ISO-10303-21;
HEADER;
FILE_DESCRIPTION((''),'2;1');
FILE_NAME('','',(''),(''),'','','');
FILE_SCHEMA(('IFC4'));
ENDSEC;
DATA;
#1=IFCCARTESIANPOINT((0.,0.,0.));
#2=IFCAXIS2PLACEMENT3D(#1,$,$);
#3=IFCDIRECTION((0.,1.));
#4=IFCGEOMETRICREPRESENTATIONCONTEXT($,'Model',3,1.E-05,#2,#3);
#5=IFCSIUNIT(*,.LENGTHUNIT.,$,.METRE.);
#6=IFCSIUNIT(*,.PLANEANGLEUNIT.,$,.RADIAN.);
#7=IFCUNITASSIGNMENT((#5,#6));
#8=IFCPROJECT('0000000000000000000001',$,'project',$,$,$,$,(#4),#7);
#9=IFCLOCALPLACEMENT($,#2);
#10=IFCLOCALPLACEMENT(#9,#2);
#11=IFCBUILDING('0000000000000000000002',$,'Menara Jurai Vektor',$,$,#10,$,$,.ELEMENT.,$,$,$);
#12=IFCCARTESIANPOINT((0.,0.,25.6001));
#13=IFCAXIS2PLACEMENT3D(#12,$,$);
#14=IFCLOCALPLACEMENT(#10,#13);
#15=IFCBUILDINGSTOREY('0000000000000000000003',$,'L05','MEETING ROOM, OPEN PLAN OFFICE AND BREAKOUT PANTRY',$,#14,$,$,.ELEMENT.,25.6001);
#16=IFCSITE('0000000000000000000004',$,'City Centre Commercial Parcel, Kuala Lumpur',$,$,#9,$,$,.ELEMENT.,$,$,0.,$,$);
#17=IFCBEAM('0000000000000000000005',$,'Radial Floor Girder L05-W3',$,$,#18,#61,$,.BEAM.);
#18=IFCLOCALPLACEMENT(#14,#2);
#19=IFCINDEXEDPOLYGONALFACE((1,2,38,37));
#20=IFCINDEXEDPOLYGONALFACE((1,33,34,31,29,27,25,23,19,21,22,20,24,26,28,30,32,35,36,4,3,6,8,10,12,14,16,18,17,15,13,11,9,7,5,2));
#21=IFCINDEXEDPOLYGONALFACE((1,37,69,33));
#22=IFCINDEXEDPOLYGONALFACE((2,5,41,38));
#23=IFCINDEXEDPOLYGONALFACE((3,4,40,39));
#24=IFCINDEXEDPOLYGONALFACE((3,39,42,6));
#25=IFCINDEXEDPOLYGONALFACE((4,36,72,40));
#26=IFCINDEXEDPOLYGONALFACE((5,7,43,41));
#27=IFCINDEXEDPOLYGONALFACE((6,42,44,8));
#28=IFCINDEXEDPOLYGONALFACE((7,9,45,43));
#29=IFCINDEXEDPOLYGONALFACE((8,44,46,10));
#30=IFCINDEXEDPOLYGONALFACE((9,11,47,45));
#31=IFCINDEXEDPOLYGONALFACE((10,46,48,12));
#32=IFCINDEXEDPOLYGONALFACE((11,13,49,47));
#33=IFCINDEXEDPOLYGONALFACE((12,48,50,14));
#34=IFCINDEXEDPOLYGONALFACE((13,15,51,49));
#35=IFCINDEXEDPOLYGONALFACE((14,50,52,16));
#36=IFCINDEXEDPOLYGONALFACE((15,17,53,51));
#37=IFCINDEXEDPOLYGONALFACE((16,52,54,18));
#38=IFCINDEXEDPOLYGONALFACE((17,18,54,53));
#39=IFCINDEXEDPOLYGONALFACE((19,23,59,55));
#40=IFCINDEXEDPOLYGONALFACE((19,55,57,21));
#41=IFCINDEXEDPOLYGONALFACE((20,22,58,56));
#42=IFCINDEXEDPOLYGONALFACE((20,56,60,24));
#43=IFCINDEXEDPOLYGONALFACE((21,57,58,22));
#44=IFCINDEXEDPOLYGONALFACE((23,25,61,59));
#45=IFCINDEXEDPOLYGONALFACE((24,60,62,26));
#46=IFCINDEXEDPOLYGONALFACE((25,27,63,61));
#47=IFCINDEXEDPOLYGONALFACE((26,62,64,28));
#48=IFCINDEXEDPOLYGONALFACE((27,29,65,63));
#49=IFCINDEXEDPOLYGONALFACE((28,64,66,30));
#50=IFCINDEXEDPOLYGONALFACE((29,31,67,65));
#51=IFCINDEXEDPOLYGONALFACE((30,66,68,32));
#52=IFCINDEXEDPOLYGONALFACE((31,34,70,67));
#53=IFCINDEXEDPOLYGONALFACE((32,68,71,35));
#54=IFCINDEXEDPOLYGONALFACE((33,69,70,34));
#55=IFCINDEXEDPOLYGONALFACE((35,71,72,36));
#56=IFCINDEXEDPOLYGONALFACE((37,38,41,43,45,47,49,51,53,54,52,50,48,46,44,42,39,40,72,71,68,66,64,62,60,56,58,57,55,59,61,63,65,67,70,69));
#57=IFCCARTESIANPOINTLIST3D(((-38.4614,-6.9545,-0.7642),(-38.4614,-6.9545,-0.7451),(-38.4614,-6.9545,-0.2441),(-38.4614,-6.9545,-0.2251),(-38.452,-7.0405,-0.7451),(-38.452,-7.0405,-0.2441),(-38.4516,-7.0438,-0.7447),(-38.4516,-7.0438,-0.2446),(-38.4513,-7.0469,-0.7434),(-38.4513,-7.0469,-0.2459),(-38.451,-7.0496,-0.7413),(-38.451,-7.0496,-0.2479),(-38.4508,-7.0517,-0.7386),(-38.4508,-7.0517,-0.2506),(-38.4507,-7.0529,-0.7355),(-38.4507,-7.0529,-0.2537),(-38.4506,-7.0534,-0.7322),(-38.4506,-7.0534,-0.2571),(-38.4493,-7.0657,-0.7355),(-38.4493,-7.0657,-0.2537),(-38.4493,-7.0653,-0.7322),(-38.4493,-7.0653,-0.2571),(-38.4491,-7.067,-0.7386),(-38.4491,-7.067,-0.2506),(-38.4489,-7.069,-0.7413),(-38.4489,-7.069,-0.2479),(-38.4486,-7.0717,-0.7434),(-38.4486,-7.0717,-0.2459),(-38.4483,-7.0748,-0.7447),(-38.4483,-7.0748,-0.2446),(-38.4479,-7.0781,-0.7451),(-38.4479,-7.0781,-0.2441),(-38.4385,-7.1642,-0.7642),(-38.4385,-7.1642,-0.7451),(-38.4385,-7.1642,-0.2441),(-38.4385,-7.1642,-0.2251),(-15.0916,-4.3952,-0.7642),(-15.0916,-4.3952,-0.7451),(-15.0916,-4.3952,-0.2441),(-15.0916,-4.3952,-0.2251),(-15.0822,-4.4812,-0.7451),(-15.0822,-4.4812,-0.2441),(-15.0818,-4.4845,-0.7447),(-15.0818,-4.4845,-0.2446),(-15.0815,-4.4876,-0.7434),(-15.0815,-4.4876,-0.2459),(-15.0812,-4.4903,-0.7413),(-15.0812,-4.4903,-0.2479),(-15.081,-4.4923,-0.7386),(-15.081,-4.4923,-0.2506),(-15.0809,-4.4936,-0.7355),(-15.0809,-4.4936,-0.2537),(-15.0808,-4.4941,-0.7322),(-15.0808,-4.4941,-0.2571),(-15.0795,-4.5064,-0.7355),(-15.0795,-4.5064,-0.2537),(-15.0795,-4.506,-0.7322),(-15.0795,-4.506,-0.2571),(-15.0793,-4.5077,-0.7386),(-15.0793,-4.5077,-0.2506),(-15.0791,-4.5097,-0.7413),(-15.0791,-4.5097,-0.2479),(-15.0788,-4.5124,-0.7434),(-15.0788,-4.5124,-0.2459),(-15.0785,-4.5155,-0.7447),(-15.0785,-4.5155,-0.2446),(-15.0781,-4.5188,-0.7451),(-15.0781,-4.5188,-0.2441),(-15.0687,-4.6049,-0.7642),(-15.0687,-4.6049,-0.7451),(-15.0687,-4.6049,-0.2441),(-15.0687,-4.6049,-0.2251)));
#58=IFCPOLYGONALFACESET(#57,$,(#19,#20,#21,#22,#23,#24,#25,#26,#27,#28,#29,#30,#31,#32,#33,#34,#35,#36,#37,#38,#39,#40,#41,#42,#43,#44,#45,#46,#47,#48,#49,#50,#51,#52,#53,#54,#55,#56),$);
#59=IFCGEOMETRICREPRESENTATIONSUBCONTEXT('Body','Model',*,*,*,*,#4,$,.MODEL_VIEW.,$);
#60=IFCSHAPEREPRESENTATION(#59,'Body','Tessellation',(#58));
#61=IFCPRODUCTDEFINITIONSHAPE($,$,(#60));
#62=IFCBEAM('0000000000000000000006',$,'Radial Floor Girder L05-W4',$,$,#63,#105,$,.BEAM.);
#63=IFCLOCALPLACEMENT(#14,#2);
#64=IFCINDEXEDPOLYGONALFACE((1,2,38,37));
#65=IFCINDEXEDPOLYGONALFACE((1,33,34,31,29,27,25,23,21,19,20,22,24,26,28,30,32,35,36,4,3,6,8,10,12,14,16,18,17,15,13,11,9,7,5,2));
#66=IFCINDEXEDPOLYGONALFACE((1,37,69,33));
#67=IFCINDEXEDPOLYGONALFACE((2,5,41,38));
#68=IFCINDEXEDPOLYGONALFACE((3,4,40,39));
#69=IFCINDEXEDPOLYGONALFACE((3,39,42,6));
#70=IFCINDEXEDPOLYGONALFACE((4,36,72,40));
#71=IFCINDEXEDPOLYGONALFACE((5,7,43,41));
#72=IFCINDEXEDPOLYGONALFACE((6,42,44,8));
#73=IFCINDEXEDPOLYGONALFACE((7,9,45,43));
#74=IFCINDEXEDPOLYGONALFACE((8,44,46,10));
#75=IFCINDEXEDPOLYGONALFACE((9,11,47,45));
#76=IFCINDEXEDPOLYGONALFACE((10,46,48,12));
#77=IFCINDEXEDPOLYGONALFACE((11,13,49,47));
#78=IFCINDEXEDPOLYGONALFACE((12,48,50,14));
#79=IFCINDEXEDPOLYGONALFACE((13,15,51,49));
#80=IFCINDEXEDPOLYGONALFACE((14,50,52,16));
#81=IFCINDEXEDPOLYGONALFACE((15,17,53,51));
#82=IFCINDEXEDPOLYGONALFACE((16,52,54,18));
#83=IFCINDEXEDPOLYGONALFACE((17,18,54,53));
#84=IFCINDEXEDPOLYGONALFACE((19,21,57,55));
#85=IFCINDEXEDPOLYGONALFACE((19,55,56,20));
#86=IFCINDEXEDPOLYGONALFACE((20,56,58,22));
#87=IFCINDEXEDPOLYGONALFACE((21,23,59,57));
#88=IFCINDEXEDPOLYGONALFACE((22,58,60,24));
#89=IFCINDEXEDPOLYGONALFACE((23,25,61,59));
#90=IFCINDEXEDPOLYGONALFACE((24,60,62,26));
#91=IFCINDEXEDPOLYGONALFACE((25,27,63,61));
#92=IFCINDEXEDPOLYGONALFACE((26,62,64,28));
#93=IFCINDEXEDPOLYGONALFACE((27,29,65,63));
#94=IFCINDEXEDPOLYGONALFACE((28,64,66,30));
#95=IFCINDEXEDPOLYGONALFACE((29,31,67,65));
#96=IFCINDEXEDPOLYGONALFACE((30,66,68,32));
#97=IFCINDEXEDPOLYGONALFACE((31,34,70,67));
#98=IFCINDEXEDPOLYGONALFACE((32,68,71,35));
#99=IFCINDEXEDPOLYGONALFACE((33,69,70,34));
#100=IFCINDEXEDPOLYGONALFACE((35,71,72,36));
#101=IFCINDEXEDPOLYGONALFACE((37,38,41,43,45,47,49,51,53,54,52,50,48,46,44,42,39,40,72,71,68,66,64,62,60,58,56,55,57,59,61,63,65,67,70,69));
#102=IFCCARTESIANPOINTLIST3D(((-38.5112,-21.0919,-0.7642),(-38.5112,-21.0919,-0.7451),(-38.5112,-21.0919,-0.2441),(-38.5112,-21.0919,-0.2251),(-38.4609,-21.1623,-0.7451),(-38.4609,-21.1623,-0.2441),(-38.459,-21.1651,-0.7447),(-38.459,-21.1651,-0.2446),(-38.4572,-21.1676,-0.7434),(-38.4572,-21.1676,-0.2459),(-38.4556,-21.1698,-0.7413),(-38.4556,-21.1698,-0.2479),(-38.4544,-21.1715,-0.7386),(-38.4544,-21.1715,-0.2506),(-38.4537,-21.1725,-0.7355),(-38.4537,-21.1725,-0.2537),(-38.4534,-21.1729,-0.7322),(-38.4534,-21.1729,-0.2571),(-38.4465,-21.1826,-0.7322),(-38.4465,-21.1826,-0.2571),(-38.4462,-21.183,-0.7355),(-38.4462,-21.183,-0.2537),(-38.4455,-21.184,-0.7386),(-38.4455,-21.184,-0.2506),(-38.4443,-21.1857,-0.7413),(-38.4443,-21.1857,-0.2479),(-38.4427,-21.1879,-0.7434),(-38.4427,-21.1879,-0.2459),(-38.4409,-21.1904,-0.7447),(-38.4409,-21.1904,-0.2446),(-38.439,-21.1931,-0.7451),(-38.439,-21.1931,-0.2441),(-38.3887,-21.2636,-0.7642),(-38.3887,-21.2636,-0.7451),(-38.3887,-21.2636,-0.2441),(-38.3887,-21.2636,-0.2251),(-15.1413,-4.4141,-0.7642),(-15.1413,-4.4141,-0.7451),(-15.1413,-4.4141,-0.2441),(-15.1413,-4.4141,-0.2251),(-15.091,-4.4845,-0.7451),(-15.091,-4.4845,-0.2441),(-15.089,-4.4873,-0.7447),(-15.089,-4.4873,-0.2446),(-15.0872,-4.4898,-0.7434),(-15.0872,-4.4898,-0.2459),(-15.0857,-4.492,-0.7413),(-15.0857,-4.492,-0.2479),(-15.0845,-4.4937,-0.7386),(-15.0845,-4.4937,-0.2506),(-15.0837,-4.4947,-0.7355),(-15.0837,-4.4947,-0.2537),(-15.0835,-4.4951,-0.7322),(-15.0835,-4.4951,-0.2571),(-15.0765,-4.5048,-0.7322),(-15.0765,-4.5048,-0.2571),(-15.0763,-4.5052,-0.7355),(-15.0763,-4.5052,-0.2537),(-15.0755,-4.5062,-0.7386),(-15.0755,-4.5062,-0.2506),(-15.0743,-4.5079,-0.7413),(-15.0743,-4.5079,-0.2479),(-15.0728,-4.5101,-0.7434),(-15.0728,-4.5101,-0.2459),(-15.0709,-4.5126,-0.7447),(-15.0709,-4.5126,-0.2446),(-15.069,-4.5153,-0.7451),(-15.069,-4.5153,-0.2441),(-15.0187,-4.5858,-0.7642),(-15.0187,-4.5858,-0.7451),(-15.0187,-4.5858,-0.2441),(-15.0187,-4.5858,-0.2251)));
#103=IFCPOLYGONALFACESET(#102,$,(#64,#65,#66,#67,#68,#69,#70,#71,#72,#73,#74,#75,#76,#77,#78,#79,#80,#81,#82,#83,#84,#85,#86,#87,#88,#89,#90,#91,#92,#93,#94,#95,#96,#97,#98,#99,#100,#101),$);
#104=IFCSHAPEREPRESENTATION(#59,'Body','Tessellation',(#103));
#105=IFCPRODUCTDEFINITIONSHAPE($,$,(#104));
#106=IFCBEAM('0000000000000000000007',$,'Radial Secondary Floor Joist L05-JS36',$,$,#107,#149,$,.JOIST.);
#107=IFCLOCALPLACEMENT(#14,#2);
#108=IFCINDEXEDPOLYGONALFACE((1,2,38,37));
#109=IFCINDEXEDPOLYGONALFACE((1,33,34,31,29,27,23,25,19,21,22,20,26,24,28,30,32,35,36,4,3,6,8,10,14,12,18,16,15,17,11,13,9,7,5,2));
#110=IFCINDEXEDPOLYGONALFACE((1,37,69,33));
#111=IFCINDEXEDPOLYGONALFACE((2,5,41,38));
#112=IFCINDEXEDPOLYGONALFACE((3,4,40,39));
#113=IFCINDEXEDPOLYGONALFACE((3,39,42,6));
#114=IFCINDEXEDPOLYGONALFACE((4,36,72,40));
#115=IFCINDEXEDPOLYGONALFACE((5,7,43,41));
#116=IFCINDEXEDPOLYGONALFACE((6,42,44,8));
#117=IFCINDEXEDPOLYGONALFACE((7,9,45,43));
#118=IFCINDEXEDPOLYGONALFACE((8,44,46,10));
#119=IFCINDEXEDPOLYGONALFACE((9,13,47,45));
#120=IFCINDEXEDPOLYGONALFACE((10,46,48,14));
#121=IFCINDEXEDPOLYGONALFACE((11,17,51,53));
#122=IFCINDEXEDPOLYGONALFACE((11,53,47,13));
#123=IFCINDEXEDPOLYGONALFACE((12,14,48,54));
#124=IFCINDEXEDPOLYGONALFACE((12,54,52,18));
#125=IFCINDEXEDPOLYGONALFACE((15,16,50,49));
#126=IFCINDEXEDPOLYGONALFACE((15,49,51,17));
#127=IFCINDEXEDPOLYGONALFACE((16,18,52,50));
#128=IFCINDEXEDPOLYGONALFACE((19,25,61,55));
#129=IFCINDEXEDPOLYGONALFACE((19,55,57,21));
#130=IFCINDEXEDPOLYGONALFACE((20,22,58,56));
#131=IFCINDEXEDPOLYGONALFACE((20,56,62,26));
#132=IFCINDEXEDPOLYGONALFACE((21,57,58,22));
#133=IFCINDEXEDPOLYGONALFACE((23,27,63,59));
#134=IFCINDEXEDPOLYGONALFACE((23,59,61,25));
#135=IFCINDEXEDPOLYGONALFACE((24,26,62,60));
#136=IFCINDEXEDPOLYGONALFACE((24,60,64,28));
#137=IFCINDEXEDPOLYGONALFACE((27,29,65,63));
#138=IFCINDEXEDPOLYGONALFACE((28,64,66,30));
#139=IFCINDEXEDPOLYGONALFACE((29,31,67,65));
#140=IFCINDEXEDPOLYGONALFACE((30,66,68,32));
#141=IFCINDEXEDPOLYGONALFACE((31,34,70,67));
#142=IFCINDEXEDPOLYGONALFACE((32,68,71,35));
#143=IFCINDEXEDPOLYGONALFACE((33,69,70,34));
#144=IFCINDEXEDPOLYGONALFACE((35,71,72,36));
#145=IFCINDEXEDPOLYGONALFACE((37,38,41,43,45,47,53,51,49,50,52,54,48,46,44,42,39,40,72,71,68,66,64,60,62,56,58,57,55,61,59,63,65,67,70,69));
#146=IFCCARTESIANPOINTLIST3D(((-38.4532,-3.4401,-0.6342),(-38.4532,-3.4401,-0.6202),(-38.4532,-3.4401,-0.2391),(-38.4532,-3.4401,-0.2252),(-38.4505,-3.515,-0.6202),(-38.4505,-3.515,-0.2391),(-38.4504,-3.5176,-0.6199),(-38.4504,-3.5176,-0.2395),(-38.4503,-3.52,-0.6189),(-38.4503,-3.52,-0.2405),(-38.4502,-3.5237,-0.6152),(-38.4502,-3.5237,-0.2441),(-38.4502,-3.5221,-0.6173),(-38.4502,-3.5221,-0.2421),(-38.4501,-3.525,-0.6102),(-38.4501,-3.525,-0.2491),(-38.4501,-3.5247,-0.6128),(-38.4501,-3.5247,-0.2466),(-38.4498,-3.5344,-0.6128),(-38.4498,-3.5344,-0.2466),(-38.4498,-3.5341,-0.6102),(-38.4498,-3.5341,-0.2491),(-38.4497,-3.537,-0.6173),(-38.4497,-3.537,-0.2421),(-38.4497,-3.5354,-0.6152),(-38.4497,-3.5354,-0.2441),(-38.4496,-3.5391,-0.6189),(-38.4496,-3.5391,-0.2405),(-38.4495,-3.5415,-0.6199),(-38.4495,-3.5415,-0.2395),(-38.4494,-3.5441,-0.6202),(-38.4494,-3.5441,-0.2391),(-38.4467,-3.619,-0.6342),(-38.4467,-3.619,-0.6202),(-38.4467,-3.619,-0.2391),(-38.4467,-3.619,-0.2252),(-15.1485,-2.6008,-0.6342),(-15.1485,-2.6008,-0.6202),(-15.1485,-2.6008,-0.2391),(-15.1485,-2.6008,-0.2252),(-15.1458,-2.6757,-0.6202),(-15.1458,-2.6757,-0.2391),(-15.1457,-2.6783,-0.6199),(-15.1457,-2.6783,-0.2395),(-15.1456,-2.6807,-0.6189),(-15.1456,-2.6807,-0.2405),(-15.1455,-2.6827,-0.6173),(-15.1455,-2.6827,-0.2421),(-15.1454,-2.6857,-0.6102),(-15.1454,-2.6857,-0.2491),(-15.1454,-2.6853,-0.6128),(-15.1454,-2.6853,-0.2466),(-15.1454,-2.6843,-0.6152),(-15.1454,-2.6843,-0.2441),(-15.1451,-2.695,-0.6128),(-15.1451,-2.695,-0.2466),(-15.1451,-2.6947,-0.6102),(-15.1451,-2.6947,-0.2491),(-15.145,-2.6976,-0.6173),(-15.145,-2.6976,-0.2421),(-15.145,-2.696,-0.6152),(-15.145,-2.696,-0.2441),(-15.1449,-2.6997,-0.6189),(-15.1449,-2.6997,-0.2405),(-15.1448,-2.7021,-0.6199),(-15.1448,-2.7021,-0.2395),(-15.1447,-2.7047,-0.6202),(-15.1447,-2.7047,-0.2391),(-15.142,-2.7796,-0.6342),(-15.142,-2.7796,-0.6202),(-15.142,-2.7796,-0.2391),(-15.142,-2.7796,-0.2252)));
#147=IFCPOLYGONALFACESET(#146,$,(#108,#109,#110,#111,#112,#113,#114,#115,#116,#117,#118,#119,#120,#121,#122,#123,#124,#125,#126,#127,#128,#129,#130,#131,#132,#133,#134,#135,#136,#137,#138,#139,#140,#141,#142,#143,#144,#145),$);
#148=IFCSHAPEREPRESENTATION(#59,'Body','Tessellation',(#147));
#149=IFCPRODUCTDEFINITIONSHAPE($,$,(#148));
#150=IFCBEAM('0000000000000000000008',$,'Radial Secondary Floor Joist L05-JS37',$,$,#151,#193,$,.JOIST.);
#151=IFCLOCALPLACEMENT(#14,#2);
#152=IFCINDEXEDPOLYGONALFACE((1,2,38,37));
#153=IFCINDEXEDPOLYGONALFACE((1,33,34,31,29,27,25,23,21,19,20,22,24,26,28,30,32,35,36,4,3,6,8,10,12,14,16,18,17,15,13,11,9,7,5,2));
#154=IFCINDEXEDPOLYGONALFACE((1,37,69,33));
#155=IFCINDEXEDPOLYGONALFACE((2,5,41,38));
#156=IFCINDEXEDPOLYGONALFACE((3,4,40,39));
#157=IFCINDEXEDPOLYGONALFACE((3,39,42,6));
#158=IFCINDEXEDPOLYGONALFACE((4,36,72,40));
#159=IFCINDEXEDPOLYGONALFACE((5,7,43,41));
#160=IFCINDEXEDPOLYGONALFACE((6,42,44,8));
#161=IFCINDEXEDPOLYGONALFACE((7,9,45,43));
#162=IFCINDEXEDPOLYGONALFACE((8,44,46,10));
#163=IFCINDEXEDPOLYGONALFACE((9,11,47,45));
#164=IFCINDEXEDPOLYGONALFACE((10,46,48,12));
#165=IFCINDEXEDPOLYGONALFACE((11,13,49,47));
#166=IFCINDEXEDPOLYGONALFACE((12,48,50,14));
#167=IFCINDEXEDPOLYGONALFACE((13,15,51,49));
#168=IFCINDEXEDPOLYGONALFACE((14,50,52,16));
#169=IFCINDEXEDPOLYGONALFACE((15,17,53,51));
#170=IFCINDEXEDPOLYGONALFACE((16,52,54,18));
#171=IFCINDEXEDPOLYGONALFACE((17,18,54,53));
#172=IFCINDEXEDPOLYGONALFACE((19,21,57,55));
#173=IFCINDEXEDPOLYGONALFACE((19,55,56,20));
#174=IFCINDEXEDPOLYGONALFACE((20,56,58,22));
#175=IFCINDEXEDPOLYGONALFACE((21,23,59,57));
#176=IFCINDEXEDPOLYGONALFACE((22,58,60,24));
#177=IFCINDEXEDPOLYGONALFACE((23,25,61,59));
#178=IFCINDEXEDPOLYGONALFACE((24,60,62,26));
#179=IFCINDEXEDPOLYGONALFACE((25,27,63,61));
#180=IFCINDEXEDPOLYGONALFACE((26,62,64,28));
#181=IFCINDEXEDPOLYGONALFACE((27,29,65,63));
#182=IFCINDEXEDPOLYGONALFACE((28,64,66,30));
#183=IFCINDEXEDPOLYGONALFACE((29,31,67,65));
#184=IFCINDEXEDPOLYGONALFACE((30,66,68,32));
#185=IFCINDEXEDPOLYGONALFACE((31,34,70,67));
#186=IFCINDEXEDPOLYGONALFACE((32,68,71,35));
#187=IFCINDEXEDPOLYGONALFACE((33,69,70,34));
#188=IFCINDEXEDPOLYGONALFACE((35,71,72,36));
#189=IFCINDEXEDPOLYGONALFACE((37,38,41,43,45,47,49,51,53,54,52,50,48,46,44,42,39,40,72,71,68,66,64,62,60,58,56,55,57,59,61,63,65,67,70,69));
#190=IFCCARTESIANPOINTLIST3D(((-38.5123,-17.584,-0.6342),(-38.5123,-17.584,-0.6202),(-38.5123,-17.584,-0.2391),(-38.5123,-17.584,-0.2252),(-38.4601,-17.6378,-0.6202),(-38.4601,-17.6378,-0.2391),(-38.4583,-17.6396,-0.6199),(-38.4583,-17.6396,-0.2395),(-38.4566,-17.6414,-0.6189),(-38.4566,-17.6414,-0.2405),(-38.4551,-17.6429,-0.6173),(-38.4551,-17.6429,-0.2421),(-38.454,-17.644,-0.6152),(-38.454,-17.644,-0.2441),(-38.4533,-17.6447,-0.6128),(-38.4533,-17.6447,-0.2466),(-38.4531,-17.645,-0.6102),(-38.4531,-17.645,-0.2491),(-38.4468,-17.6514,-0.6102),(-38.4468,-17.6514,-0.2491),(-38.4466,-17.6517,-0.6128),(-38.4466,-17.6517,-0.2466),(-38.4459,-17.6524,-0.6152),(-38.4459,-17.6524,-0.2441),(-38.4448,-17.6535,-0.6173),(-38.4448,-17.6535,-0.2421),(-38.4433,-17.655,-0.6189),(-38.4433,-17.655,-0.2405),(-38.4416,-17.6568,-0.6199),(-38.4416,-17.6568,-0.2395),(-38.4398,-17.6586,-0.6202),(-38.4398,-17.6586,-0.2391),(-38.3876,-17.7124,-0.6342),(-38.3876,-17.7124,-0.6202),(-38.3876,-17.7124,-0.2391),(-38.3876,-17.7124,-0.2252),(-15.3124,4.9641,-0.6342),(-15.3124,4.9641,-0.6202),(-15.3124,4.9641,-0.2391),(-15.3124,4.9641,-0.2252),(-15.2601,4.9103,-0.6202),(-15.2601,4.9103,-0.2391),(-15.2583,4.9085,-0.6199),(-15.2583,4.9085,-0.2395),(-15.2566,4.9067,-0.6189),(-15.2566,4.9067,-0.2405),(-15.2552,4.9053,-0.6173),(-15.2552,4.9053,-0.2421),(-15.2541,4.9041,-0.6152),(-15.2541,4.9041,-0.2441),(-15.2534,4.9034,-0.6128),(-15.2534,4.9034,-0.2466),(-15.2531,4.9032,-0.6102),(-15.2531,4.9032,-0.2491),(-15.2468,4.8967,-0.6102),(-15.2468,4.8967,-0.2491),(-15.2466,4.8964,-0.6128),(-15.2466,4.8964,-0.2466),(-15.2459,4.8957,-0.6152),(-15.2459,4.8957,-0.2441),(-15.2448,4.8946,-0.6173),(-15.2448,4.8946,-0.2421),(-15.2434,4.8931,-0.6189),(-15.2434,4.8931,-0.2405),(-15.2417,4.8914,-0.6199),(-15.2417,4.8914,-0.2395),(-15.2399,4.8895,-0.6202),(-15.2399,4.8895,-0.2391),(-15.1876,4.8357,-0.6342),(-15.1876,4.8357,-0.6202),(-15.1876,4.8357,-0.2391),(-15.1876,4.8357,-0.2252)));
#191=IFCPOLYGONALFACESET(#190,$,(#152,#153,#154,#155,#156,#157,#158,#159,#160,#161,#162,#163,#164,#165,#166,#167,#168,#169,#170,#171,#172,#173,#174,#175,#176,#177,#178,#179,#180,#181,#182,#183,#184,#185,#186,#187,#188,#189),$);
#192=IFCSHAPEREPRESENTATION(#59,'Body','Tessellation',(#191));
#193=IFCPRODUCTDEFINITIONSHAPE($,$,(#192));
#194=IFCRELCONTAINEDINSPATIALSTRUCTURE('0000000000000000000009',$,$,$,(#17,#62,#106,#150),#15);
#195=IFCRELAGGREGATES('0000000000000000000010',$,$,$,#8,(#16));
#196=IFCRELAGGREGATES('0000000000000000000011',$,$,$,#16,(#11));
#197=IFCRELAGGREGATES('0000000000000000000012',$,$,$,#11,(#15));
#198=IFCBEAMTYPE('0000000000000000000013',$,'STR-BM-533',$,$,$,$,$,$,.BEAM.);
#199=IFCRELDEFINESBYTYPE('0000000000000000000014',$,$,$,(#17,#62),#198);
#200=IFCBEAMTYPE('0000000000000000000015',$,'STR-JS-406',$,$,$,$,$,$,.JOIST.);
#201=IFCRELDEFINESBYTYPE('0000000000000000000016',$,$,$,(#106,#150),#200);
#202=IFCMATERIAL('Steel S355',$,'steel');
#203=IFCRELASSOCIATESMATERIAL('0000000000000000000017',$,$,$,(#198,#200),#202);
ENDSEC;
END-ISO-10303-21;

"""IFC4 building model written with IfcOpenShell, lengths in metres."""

from ifc_helpers import new_model, si_unit, direction, frame, origin, origin_2d, place, context, subcontext, project, spatial, i_section, extrude, material, material_profile, profile_set, type_object, element, save


model = new_model("IFC4")

# Units and contexts
model_context = context("Model", 3, precision=1e-05, world=origin(), true_north=direction((0.0, 1.0)))
body_context = subcontext(model_context, "Body", "Model", "MODEL_VIEW")
ifc_project = project(units=[si_unit("LENGTHUNIT", "METRE"), si_unit("PLANEANGLEUNIT", "RADIAN")], contexts=[model_context])

# Site, building, storey
site_placement = place(None, origin())
site = spatial("IfcSite", under=ifc_project, at=site_placement, Name="City Centre Commercial Parcel, Kuala Lumpur", CompositionType="ELEMENT", RefElevation=0.0)
building_placement = place(site_placement, origin())
building = spatial("IfcBuilding", under=site, at=building_placement, Name="Menara Jurai Vektor", CompositionType="ELEMENT")
storey_placement = place(building_placement, frame((0.0, 0.0, 25.6001)))
storey = spatial("IfcBuildingStorey", under=building, at=storey_placement, Name="L05", Description="MEETING ROOM, OPEN PLAN OFFICE AND BREAKOUT PANTRY", CompositionType="ELEMENT", Elevation=25.6001)

# Beams
ifc_material_1 = material(Name="Steel S355", Category="steel")
ifc_material_profile_1 = material_profile(ifc_material_1, i_section(OverallWidth=0.2109, OverallDepth=0.5391, WebThickness=0.012, FlangeThickness=0.019, FilletRadius=0.0129, at=origin_2d()), Name="UKB 533x210x109")
ifc_profile_set_1 = profile_set([ifc_material_profile_1], Name="Steel S355")
beam_type_1 = type_object("IfcBeamType", Name="STR-BM-533", PredefinedType="BEAM", material=ifc_profile_set_1)
beam_1_placement = place(storey_placement, frame((-38.45, -7.0593, -0.4946), z_axis=(0.994057, 0.108863, 0.0), x_axis=(-0.108863, 0.994057, 0.0)))
element("IfcBeam", 1, at=beam_1_placement, inside=storey, type_object=beam_type_1, Name="Radial Floor Girder L05-W3", PredefinedType="BEAM", context=body_context, shape_type="SweptSolid", body=[
    extrude(i_section(OverallWidth=0.2109, OverallDepth=0.5391, WebThickness=0.012, FlangeThickness=0.019, FilletRadius=0.0129, at=origin_2d()), origin(), (0.0, 0.0, 1.0), 23.5095),
])
beam_2_placement = place(storey_placement, frame((-38.45, -21.1777, -0.4946), z_axis=(0.813981, 0.580891, 0.0), x_axis=(-0.580891, 0.813981, 0.0)))
element("IfcBeam", 2, at=beam_2_placement, inside=storey, type_object=beam_type_1, Name="Radial Floor Girder L05-W4", PredefinedType="BEAM", context=body_context, shape_type="SweptSolid", body=[
    extrude(i_section(OverallWidth=0.2109, OverallDepth=0.5391, WebThickness=0.012, FlangeThickness=0.019, FilletRadius=0.0129, at=origin_2d()), origin(), (0.0, 0.0, 1.0), 28.7107),
])
ifc_material_profile_2 = material_profile(ifc_material_1, i_section(OverallWidth=0.179, OverallDepth=0.4089, WebThickness=0.009, FlangeThickness=0.0139, FilletRadius=0.01, at=origin_2d()), Name="UKB 406x178x67")
ifc_profile_set_2 = profile_set([ifc_material_profile_2], Name="Steel S355")
beam_type_2 = type_object("IfcBeamType", Name="STR-JS-406", PredefinedType="JOIST", material=ifc_profile_set_2)
beam_3_placement = place(storey_placement, frame((-38.45, -3.5295, -0.4297), z_axis=(0.999352, 0.035993, 0.0), x_axis=(-0.035993, 0.999352, 0.0)))
element("IfcBeam", 3, at=beam_3_placement, inside=storey, type_object=beam_type_2, Name="Radial Secondary Floor Joist L05-JS36", PredefinedType="JOIST", context=body_context, shape_type="SweptSolid", body=[
    extrude(i_section(OverallWidth=0.179, OverallDepth=0.4089, WebThickness=0.009, FlangeThickness=0.0139, FilletRadius=0.01, at=origin_2d()), origin(), (0.0, 0.0, 1.0), 23.3198),
])
beam_4_placement = place(storey_placement, frame((-38.45, -17.6482, -0.4297), z_axis=(0.717109, 0.696961, 0.0), x_axis=(-0.696961, 0.717109, 0.0)))
element("IfcBeam", 4, at=beam_4_placement, inside=storey, type_object=beam_type_2, Name="Radial Secondary Floor Joist L05-JS37", PredefinedType="JOIST", context=body_context, shape_type="SweptSolid", body=[
    extrude(i_section(OverallWidth=0.179, OverallDepth=0.4089, WebThickness=0.009, FlangeThickness=0.0139, FilletRadius=0.01, at=origin_2d()), origin(), (0.0, 0.0, 1.0), 32.3521),
])

save(model, "model.ifc")
